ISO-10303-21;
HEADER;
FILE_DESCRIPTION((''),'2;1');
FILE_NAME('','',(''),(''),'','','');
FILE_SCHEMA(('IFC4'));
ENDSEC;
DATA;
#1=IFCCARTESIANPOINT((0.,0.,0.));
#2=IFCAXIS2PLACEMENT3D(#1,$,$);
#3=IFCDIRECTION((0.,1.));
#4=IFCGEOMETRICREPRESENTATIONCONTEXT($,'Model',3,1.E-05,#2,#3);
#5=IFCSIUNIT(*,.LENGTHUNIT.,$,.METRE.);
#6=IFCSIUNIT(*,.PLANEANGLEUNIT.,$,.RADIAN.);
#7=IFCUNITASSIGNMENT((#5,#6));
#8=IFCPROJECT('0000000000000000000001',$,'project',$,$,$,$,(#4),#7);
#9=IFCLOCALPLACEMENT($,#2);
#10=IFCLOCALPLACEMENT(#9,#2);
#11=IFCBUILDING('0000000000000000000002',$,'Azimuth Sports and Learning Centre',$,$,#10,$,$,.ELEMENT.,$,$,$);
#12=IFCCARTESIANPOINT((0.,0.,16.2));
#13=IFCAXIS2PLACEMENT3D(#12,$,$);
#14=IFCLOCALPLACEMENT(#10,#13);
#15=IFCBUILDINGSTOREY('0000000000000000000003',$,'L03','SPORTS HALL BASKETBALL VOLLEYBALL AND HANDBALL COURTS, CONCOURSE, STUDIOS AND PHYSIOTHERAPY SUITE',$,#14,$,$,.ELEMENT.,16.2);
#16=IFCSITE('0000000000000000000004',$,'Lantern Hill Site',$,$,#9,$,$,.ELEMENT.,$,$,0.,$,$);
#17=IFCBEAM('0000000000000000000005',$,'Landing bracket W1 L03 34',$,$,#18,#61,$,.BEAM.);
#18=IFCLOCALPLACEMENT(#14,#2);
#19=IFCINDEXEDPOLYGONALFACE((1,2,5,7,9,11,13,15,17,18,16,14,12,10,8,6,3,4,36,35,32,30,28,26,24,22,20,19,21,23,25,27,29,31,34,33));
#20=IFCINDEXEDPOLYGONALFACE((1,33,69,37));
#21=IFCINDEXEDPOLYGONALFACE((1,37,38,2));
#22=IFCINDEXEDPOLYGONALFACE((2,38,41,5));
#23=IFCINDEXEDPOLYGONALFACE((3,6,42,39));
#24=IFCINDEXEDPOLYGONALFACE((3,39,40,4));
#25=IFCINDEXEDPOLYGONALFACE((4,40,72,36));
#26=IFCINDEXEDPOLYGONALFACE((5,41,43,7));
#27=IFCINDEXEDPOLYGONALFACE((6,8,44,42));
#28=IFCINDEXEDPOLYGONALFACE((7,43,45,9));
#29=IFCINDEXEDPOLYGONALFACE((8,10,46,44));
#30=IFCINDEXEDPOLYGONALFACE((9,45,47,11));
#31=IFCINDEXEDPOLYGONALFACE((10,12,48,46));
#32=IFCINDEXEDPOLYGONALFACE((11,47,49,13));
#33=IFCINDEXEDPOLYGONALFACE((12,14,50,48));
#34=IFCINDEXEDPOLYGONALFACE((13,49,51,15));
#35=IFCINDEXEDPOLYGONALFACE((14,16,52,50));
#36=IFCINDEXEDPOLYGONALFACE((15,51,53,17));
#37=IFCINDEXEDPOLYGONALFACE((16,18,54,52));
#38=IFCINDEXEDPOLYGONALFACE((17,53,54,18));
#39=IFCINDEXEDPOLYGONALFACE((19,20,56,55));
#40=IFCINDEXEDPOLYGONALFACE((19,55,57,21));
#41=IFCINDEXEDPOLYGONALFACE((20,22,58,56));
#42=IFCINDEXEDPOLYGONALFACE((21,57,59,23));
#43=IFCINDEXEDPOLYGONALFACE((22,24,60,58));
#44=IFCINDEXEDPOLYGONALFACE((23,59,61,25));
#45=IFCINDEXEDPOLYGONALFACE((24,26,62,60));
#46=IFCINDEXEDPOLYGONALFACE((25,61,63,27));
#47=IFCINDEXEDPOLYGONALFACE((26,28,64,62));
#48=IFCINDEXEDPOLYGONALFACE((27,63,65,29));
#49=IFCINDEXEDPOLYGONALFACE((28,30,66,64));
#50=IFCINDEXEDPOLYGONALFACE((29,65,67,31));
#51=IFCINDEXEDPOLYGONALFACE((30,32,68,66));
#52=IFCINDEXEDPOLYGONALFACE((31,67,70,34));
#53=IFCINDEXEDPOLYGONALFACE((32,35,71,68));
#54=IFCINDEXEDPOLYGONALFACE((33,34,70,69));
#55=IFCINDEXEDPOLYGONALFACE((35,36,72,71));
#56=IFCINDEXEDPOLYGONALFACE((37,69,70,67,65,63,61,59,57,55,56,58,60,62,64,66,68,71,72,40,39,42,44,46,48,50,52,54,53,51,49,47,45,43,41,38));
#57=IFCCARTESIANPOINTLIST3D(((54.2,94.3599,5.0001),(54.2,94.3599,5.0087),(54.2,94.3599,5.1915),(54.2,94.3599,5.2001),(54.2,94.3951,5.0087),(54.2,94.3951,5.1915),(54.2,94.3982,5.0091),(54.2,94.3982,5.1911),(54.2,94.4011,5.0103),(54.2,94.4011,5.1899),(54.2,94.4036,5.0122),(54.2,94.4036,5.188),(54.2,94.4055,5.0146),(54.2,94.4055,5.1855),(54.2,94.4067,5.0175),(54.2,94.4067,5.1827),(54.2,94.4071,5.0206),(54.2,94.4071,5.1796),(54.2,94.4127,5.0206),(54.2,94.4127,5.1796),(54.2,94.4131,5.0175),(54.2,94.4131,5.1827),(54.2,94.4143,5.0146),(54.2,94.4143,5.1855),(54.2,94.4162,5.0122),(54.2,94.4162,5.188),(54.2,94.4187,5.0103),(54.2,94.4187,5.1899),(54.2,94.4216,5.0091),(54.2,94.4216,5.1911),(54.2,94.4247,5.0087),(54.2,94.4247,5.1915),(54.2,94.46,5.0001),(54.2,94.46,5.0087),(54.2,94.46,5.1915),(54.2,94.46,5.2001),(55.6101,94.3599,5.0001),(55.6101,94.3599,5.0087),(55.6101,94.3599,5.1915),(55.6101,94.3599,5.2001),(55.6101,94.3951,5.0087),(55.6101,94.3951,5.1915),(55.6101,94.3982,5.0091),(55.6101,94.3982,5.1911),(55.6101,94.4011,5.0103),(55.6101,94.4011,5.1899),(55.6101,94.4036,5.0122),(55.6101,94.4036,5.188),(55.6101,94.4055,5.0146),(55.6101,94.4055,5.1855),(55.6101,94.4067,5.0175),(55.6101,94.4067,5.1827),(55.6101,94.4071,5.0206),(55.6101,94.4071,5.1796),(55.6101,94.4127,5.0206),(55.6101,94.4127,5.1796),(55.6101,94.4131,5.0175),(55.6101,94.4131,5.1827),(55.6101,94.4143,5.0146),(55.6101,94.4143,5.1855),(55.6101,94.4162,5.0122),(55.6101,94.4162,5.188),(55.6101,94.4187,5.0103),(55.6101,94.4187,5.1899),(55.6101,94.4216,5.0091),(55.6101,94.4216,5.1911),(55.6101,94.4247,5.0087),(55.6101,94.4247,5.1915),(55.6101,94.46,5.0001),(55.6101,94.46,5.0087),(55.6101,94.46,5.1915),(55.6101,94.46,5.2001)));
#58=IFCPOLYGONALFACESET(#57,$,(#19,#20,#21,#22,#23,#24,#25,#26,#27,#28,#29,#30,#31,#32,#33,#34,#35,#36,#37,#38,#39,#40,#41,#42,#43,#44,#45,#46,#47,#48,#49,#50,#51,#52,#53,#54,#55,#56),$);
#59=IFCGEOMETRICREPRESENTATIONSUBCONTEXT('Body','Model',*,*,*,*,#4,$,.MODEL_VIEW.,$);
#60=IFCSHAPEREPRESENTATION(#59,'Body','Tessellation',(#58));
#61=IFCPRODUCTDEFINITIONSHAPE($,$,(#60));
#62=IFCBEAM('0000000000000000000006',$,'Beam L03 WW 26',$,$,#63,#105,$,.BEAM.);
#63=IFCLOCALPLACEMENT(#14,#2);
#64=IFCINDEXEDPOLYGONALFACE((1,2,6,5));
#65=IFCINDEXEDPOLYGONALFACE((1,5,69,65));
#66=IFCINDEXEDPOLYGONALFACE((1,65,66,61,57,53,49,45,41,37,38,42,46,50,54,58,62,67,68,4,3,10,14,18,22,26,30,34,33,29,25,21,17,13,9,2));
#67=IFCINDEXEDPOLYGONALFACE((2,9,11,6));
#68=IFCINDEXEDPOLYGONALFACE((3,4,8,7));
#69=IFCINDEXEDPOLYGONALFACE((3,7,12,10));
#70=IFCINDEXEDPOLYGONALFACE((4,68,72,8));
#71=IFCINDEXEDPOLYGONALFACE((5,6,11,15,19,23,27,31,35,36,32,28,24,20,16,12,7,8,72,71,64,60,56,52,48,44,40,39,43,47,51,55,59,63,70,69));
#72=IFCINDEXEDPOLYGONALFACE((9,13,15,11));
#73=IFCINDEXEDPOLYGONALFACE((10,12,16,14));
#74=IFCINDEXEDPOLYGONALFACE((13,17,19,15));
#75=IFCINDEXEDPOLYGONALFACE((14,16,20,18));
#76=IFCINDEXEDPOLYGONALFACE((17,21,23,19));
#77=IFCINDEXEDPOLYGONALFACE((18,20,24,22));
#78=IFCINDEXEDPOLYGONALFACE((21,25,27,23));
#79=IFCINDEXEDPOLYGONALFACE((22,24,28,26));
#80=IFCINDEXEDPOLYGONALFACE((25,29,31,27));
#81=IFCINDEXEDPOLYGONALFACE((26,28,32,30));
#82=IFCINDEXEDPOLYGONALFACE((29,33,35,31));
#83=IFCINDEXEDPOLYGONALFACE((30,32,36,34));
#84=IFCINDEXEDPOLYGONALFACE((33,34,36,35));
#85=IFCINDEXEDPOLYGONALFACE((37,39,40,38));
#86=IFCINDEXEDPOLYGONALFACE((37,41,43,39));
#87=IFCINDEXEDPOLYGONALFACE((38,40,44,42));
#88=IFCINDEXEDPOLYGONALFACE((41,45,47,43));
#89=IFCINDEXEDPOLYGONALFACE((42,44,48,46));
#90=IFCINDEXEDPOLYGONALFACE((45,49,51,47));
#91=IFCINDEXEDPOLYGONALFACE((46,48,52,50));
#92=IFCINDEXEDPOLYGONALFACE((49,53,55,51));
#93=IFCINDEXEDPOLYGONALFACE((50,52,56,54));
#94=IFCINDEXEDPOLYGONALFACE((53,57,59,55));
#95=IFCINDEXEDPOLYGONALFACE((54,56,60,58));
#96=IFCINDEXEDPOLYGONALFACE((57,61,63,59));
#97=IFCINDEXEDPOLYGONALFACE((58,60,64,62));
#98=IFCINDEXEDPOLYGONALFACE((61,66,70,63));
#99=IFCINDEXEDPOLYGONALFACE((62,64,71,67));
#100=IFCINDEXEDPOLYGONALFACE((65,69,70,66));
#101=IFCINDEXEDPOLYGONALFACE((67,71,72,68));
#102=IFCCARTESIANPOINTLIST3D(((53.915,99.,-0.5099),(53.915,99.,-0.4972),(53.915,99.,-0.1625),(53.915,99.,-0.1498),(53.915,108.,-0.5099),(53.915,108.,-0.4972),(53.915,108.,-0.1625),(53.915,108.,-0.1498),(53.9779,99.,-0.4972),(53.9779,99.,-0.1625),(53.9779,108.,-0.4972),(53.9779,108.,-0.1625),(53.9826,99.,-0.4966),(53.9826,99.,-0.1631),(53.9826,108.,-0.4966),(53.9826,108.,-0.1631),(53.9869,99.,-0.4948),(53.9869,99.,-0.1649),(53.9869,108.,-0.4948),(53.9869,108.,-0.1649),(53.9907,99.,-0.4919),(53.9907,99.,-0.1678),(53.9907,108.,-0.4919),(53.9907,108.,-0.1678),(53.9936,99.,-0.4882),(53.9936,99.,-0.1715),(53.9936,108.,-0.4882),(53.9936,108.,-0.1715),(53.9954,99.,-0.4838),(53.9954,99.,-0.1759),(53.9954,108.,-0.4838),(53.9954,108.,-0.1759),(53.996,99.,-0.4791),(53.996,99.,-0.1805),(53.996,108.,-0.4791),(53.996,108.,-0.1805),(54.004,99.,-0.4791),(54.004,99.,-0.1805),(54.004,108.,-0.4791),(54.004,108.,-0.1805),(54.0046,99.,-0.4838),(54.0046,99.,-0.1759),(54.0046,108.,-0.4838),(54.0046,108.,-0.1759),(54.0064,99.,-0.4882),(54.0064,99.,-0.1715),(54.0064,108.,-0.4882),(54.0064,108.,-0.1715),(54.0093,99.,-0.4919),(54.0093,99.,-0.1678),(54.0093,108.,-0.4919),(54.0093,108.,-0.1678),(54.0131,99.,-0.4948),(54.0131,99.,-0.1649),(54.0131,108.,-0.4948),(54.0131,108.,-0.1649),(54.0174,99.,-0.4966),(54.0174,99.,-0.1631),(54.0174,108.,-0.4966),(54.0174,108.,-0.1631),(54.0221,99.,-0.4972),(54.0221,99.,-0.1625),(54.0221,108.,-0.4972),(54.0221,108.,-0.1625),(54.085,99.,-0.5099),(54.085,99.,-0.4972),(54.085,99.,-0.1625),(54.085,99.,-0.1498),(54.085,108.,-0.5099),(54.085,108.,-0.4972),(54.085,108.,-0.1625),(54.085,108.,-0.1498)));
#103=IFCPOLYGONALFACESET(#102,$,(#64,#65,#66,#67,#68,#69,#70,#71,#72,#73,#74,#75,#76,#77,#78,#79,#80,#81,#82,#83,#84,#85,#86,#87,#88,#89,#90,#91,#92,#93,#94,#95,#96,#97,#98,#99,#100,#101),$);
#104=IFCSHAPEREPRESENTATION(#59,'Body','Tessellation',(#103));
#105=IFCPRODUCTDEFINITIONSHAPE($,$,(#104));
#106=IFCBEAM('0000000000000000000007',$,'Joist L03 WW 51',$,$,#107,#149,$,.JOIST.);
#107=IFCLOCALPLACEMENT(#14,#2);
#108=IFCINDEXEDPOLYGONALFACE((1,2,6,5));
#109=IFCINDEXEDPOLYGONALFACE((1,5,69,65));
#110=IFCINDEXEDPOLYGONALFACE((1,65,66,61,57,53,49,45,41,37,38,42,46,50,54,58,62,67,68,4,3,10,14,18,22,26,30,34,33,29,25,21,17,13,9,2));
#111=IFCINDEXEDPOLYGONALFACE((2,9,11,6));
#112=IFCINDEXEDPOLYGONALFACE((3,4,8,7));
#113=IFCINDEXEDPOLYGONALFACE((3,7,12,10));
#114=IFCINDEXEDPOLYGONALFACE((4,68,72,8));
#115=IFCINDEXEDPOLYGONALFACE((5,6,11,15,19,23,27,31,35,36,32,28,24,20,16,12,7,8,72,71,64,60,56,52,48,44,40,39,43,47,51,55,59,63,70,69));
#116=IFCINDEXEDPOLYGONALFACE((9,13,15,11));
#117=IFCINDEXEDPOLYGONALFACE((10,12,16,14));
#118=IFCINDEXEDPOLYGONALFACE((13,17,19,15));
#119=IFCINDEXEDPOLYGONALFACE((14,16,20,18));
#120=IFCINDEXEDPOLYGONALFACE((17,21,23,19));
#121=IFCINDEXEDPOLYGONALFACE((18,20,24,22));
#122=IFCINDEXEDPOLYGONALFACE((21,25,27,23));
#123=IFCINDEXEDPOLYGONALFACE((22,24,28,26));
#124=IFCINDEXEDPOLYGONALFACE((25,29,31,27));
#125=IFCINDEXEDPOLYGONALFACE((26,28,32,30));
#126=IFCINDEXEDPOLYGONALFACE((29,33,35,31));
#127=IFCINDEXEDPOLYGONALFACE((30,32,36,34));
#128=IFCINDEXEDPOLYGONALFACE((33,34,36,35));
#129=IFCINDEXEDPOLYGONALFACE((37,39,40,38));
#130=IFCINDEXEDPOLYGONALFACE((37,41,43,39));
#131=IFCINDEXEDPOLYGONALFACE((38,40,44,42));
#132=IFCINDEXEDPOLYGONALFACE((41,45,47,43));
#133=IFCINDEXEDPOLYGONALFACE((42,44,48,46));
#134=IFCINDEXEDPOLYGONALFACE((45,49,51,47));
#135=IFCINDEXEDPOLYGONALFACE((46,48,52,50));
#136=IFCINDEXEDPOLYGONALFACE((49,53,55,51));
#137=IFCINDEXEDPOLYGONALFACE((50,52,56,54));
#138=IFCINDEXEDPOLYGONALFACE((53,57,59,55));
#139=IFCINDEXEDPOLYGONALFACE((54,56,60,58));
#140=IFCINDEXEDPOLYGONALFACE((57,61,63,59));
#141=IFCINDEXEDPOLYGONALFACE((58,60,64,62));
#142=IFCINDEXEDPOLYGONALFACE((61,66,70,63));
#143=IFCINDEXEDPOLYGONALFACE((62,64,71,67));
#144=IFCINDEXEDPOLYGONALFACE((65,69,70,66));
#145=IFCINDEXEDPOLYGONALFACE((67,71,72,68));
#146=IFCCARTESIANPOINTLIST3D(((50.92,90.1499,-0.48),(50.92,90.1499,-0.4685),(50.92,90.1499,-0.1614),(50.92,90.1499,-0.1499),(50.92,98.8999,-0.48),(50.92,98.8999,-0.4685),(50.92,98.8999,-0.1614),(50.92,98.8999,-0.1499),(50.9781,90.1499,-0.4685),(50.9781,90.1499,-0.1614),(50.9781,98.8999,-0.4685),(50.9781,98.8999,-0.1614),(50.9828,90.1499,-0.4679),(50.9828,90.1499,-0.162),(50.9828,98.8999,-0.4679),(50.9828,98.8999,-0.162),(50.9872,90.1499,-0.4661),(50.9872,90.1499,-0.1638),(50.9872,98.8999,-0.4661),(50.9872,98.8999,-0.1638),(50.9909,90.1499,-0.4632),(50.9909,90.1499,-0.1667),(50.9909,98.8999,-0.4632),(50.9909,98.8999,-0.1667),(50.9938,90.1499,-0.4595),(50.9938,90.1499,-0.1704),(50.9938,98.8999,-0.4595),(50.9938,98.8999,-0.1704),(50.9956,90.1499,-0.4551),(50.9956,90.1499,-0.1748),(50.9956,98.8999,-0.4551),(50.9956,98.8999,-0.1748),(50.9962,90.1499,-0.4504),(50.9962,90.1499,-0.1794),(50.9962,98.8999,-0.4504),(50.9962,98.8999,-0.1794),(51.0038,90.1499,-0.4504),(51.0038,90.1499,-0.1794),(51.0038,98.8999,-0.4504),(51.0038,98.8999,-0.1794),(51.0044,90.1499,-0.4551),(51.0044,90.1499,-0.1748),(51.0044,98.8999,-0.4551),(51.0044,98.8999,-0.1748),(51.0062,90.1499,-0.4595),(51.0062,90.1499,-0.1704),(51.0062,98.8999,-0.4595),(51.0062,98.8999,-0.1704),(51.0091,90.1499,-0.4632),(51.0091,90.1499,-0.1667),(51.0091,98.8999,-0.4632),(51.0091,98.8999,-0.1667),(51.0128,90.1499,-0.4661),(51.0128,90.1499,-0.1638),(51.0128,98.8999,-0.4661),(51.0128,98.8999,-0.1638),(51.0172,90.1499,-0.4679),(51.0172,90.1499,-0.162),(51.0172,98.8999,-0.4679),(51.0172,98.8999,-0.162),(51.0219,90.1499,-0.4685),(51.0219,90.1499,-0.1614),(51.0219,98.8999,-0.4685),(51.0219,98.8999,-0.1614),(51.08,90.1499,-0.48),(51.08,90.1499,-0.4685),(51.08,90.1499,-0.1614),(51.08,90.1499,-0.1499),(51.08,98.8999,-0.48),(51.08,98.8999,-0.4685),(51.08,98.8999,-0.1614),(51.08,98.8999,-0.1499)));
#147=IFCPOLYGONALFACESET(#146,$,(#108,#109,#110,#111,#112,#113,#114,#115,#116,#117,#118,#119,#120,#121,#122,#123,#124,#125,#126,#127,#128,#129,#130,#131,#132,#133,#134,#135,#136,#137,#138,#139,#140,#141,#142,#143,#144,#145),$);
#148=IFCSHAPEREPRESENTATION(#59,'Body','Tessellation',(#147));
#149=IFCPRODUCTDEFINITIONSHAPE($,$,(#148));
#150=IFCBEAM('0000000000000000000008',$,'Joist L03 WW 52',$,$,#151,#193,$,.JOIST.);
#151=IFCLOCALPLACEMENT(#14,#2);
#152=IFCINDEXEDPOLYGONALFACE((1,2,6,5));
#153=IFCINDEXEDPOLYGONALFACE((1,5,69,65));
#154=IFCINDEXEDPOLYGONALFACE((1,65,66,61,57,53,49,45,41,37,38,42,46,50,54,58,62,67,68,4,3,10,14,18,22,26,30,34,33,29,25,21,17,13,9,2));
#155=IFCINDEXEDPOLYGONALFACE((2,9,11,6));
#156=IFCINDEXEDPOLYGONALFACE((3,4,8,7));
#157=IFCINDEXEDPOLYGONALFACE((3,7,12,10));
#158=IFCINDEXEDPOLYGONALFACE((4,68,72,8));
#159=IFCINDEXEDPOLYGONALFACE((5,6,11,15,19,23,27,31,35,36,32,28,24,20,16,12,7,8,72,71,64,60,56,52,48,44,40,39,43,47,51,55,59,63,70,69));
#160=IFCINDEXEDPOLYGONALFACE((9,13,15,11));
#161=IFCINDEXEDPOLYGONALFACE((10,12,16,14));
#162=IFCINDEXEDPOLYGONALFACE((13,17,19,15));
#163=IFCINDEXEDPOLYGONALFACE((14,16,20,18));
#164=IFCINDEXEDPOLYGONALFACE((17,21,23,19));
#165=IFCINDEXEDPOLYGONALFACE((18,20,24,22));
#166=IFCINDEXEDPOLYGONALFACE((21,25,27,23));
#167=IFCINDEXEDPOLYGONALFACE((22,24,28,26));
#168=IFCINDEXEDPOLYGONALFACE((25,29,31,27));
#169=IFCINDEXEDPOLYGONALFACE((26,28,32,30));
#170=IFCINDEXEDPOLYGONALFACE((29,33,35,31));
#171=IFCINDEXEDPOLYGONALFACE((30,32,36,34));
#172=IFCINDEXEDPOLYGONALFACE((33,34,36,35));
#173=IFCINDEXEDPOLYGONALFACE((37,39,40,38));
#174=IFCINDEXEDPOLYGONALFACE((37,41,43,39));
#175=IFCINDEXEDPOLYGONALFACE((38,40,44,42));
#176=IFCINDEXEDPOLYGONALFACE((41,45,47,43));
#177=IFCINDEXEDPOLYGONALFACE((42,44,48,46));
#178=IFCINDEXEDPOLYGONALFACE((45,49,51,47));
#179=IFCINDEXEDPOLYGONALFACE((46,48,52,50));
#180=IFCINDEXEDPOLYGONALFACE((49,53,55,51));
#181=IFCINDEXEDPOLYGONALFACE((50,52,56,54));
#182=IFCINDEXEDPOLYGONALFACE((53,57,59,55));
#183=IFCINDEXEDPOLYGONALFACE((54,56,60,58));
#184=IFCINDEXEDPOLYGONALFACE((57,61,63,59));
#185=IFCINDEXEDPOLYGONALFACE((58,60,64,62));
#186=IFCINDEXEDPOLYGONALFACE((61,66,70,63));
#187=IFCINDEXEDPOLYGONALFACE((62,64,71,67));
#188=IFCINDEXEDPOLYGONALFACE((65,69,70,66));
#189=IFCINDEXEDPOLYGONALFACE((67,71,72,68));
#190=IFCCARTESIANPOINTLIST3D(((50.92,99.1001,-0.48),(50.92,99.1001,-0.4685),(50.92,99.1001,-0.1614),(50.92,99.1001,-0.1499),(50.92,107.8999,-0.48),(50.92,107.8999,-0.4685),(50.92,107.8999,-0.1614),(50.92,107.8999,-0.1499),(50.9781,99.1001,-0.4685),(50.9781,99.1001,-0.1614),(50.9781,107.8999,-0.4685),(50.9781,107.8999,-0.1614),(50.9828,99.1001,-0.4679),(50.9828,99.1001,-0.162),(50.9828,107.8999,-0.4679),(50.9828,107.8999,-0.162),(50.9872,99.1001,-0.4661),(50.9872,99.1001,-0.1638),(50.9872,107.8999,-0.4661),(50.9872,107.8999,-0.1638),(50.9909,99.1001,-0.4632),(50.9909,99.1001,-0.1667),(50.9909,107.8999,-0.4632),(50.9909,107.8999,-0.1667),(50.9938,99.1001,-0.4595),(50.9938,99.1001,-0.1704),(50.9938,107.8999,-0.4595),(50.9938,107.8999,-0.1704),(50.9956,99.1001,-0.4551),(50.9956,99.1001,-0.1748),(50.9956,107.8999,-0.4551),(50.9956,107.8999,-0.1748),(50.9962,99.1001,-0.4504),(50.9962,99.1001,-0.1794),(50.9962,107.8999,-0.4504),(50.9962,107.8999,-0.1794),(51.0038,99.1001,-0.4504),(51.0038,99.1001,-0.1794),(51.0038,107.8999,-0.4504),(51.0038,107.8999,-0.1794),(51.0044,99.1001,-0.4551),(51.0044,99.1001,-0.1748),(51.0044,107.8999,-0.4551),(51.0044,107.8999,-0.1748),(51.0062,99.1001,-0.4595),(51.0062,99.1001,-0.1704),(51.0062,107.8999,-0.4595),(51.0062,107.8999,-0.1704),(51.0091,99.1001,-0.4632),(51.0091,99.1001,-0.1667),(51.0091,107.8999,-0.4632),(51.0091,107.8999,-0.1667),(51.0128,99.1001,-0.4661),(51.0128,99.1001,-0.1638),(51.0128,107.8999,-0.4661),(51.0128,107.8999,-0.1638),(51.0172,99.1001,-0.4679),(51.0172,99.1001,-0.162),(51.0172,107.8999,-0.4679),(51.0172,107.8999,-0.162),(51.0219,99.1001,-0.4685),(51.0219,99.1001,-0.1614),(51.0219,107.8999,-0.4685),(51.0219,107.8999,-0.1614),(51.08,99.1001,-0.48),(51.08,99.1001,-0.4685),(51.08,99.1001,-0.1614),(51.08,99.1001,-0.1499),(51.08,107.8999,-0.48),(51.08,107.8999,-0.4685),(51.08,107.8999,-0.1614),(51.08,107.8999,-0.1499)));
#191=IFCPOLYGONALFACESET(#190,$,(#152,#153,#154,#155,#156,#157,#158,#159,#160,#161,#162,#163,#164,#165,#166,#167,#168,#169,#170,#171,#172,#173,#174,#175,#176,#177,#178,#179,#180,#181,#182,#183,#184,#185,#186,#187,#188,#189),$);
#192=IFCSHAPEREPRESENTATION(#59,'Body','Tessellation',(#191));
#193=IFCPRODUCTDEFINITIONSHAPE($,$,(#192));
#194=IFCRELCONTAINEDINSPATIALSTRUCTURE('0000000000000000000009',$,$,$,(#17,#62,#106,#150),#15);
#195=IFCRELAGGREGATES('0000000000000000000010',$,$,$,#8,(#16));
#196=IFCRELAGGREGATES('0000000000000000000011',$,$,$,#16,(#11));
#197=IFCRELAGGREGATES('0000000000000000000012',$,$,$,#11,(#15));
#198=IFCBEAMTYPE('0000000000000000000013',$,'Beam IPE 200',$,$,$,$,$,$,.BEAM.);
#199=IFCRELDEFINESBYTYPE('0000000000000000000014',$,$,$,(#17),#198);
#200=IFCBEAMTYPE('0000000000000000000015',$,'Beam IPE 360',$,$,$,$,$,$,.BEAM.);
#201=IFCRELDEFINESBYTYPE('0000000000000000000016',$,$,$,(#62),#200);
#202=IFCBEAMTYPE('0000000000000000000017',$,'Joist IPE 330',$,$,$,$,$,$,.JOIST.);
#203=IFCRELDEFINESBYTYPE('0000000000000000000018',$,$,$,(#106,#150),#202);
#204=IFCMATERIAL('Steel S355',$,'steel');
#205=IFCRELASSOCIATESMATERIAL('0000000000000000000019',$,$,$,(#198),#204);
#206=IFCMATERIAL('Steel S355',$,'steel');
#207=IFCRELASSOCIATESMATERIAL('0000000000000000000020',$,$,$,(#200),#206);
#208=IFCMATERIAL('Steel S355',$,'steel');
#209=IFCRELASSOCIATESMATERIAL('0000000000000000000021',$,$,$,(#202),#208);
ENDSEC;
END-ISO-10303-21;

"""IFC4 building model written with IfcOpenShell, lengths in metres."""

from ifc_helpers import new_model, si_unit, direction, frame, origin, origin_2d, place, context, subcontext, project, spatial, i_section, extrude, material, material_profile, profile_set, type_object, element, save


model = new_model("IFC4")

# Units and contexts
model_context = context("Model", 3, precision=1e-05, world=origin(), true_north=direction((0.0, 1.0)))
body_context = subcontext(model_context, "Body", "Model", "MODEL_VIEW")
ifc_project = project(units=[si_unit("LENGTHUNIT", "METRE"), si_unit("PLANEANGLEUNIT", "RADIAN")], contexts=[model_context])

# Site, building, storey
site_placement = place(None, origin())
site = spatial("IfcSite", under=ifc_project, at=site_placement, Name="Lantern Hill Site", CompositionType="ELEMENT", RefElevation=0.0)
building_placement = place(site_placement, origin())
building = spatial("IfcBuilding", under=site, at=building_placement, Name="Azimuth Sports and Learning Centre", CompositionType="ELEMENT")
storey_placement = place(building_placement, frame((0.0, 0.0, 16.2)))
storey = spatial("IfcBuildingStorey", under=building, at=storey_placement, Name="L03", Description="SPORTS HALL BASKETBALL VOLLEYBALL AND HANDBALL COURTS, CONCOURSE, STUDIOS AND PHYSIOTHERAPY SUITE", CompositionType="ELEMENT", Elevation=16.2)

# Beams
ifc_material_1 = material(Name="Steel S355", Category="steel")
ifc_material_profile_1 = material_profile(ifc_material_1, i_section(OverallWidth=0.1001, OverallDepth=0.2, WebThickness=0.0056, FlangeThickness=0.0085, FilletRadius=0.012, at=origin_2d()), Name="IPE 200")
ifc_profile_set_1 = profile_set([ifc_material_profile_1], Name="Steel S355")
beam_type_1 = type_object("IfcBeamType", Name="Beam IPE 200", PredefinedType="BEAM", material=ifc_profile_set_1)
for number, where, z_axis, x_axis, name in (
    (1, (54.2, 94.4099, 5.1001), (1.0, 0.0, 0.0), (0.0, 1.0, 0.0), "Landing bracket W1 L03 34"),
):
    element("IfcBeam", number, at=place(storey_placement, frame(where, z_axis=z_axis, x_axis=x_axis)), inside=storey, type_object=beam_type_1, Name=name, PredefinedType="BEAM", context=body_context, shape_type="SweptSolid", body=[
        extrude(i_section(OverallWidth=0.1001, OverallDepth=0.2, WebThickness=0.0056, FlangeThickness=0.0085, FilletRadius=0.012, at=origin_2d()), origin(), (0.0, 0.0, 1.0), 1.4102),
    ])
ifc_material_2 = material(Name="Steel S355", Category="steel")
ifc_material_profile_2 = material_profile(ifc_material_2, i_section(OverallWidth=0.1699, OverallDepth=0.3601, WebThickness=0.0081, FlangeThickness=0.0127, FilletRadius=0.0181, at=origin_2d()), Name="IPE 360")
ifc_profile_set_2 = profile_set([ifc_material_profile_2], Name="Steel S355")
beam_type_2 = type_object("IfcBeamType", Name="Beam IPE 360", PredefinedType="BEAM", material=ifc_profile_set_2)
beam_1_placement = place(storey_placement, frame((54.0, 99.0, -0.3298), z_axis=(0.0, 1.0, 0.0), x_axis=(-1.0, 0.0, 0.0)))
element("IfcBeam", 2, at=beam_1_placement, inside=storey, type_object=beam_type_2, Name="Beam L03 WW 26", PredefinedType="BEAM", context=body_context, shape_type="SweptSolid", body=[
    extrude(i_section(OverallWidth=0.1699, OverallDepth=0.3601, WebThickness=0.0081, FlangeThickness=0.0127, FilletRadius=0.0181, at=origin_2d()), origin(), (0.0, 0.0, 1.0), 9.0),
])
ifc_material_3 = material(Name="Steel S355", Category="steel")
ifc_material_profile_3 = material_profile(ifc_material_3, i_section(OverallWidth=0.1599, OverallDepth=0.3301, WebThickness=0.0076, FlangeThickness=0.0115, FilletRadius=0.0181, at=origin_2d()), Name="IPE 330")
ifc_profile_set_3 = profile_set([ifc_material_profile_3], Name="Steel S355")
beam_type_3 = type_object("IfcBeamType", Name="Joist IPE 330", PredefinedType="JOIST", material=ifc_profile_set_3)
beam_2_placement = place(storey_placement, frame((51.0, 90.1499, -0.3149), z_axis=(0.0, 1.0, 0.0), x_axis=(-1.0, 0.0, 0.0)))
element("IfcBeam", 3, at=beam_2_placement, inside=storey, type_object=beam_type_3, Name="Joist L03 WW 51", PredefinedType="JOIST", context=body_context, shape_type="SweptSolid", body=[
    extrude(i_section(OverallWidth=0.1599, OverallDepth=0.3301, WebThickness=0.0076, FlangeThickness=0.0115, FilletRadius=0.0181, at=origin_2d()), origin(), (0.0, 0.0, 1.0), 8.75),
])
beam_3_placement = place(storey_placement, frame((51.0, 99.1001, -0.3149), z_axis=(0.0, 1.0, 0.0), x_axis=(-1.0, 0.0, 0.0)))
element("IfcBeam", 4, at=beam_3_placement, inside=storey, type_object=beam_type_3, Name="Joist L03 WW 52", PredefinedType="JOIST", context=body_context, shape_type="SweptSolid", body=[
    extrude(i_section(OverallWidth=0.1599, OverallDepth=0.3301, WebThickness=0.0076, FlangeThickness=0.0115, FilletRadius=0.0181, at=origin_2d()), origin(), (0.0, 0.0, 1.0), 8.7998),
])

save(model, "model.ifc")
